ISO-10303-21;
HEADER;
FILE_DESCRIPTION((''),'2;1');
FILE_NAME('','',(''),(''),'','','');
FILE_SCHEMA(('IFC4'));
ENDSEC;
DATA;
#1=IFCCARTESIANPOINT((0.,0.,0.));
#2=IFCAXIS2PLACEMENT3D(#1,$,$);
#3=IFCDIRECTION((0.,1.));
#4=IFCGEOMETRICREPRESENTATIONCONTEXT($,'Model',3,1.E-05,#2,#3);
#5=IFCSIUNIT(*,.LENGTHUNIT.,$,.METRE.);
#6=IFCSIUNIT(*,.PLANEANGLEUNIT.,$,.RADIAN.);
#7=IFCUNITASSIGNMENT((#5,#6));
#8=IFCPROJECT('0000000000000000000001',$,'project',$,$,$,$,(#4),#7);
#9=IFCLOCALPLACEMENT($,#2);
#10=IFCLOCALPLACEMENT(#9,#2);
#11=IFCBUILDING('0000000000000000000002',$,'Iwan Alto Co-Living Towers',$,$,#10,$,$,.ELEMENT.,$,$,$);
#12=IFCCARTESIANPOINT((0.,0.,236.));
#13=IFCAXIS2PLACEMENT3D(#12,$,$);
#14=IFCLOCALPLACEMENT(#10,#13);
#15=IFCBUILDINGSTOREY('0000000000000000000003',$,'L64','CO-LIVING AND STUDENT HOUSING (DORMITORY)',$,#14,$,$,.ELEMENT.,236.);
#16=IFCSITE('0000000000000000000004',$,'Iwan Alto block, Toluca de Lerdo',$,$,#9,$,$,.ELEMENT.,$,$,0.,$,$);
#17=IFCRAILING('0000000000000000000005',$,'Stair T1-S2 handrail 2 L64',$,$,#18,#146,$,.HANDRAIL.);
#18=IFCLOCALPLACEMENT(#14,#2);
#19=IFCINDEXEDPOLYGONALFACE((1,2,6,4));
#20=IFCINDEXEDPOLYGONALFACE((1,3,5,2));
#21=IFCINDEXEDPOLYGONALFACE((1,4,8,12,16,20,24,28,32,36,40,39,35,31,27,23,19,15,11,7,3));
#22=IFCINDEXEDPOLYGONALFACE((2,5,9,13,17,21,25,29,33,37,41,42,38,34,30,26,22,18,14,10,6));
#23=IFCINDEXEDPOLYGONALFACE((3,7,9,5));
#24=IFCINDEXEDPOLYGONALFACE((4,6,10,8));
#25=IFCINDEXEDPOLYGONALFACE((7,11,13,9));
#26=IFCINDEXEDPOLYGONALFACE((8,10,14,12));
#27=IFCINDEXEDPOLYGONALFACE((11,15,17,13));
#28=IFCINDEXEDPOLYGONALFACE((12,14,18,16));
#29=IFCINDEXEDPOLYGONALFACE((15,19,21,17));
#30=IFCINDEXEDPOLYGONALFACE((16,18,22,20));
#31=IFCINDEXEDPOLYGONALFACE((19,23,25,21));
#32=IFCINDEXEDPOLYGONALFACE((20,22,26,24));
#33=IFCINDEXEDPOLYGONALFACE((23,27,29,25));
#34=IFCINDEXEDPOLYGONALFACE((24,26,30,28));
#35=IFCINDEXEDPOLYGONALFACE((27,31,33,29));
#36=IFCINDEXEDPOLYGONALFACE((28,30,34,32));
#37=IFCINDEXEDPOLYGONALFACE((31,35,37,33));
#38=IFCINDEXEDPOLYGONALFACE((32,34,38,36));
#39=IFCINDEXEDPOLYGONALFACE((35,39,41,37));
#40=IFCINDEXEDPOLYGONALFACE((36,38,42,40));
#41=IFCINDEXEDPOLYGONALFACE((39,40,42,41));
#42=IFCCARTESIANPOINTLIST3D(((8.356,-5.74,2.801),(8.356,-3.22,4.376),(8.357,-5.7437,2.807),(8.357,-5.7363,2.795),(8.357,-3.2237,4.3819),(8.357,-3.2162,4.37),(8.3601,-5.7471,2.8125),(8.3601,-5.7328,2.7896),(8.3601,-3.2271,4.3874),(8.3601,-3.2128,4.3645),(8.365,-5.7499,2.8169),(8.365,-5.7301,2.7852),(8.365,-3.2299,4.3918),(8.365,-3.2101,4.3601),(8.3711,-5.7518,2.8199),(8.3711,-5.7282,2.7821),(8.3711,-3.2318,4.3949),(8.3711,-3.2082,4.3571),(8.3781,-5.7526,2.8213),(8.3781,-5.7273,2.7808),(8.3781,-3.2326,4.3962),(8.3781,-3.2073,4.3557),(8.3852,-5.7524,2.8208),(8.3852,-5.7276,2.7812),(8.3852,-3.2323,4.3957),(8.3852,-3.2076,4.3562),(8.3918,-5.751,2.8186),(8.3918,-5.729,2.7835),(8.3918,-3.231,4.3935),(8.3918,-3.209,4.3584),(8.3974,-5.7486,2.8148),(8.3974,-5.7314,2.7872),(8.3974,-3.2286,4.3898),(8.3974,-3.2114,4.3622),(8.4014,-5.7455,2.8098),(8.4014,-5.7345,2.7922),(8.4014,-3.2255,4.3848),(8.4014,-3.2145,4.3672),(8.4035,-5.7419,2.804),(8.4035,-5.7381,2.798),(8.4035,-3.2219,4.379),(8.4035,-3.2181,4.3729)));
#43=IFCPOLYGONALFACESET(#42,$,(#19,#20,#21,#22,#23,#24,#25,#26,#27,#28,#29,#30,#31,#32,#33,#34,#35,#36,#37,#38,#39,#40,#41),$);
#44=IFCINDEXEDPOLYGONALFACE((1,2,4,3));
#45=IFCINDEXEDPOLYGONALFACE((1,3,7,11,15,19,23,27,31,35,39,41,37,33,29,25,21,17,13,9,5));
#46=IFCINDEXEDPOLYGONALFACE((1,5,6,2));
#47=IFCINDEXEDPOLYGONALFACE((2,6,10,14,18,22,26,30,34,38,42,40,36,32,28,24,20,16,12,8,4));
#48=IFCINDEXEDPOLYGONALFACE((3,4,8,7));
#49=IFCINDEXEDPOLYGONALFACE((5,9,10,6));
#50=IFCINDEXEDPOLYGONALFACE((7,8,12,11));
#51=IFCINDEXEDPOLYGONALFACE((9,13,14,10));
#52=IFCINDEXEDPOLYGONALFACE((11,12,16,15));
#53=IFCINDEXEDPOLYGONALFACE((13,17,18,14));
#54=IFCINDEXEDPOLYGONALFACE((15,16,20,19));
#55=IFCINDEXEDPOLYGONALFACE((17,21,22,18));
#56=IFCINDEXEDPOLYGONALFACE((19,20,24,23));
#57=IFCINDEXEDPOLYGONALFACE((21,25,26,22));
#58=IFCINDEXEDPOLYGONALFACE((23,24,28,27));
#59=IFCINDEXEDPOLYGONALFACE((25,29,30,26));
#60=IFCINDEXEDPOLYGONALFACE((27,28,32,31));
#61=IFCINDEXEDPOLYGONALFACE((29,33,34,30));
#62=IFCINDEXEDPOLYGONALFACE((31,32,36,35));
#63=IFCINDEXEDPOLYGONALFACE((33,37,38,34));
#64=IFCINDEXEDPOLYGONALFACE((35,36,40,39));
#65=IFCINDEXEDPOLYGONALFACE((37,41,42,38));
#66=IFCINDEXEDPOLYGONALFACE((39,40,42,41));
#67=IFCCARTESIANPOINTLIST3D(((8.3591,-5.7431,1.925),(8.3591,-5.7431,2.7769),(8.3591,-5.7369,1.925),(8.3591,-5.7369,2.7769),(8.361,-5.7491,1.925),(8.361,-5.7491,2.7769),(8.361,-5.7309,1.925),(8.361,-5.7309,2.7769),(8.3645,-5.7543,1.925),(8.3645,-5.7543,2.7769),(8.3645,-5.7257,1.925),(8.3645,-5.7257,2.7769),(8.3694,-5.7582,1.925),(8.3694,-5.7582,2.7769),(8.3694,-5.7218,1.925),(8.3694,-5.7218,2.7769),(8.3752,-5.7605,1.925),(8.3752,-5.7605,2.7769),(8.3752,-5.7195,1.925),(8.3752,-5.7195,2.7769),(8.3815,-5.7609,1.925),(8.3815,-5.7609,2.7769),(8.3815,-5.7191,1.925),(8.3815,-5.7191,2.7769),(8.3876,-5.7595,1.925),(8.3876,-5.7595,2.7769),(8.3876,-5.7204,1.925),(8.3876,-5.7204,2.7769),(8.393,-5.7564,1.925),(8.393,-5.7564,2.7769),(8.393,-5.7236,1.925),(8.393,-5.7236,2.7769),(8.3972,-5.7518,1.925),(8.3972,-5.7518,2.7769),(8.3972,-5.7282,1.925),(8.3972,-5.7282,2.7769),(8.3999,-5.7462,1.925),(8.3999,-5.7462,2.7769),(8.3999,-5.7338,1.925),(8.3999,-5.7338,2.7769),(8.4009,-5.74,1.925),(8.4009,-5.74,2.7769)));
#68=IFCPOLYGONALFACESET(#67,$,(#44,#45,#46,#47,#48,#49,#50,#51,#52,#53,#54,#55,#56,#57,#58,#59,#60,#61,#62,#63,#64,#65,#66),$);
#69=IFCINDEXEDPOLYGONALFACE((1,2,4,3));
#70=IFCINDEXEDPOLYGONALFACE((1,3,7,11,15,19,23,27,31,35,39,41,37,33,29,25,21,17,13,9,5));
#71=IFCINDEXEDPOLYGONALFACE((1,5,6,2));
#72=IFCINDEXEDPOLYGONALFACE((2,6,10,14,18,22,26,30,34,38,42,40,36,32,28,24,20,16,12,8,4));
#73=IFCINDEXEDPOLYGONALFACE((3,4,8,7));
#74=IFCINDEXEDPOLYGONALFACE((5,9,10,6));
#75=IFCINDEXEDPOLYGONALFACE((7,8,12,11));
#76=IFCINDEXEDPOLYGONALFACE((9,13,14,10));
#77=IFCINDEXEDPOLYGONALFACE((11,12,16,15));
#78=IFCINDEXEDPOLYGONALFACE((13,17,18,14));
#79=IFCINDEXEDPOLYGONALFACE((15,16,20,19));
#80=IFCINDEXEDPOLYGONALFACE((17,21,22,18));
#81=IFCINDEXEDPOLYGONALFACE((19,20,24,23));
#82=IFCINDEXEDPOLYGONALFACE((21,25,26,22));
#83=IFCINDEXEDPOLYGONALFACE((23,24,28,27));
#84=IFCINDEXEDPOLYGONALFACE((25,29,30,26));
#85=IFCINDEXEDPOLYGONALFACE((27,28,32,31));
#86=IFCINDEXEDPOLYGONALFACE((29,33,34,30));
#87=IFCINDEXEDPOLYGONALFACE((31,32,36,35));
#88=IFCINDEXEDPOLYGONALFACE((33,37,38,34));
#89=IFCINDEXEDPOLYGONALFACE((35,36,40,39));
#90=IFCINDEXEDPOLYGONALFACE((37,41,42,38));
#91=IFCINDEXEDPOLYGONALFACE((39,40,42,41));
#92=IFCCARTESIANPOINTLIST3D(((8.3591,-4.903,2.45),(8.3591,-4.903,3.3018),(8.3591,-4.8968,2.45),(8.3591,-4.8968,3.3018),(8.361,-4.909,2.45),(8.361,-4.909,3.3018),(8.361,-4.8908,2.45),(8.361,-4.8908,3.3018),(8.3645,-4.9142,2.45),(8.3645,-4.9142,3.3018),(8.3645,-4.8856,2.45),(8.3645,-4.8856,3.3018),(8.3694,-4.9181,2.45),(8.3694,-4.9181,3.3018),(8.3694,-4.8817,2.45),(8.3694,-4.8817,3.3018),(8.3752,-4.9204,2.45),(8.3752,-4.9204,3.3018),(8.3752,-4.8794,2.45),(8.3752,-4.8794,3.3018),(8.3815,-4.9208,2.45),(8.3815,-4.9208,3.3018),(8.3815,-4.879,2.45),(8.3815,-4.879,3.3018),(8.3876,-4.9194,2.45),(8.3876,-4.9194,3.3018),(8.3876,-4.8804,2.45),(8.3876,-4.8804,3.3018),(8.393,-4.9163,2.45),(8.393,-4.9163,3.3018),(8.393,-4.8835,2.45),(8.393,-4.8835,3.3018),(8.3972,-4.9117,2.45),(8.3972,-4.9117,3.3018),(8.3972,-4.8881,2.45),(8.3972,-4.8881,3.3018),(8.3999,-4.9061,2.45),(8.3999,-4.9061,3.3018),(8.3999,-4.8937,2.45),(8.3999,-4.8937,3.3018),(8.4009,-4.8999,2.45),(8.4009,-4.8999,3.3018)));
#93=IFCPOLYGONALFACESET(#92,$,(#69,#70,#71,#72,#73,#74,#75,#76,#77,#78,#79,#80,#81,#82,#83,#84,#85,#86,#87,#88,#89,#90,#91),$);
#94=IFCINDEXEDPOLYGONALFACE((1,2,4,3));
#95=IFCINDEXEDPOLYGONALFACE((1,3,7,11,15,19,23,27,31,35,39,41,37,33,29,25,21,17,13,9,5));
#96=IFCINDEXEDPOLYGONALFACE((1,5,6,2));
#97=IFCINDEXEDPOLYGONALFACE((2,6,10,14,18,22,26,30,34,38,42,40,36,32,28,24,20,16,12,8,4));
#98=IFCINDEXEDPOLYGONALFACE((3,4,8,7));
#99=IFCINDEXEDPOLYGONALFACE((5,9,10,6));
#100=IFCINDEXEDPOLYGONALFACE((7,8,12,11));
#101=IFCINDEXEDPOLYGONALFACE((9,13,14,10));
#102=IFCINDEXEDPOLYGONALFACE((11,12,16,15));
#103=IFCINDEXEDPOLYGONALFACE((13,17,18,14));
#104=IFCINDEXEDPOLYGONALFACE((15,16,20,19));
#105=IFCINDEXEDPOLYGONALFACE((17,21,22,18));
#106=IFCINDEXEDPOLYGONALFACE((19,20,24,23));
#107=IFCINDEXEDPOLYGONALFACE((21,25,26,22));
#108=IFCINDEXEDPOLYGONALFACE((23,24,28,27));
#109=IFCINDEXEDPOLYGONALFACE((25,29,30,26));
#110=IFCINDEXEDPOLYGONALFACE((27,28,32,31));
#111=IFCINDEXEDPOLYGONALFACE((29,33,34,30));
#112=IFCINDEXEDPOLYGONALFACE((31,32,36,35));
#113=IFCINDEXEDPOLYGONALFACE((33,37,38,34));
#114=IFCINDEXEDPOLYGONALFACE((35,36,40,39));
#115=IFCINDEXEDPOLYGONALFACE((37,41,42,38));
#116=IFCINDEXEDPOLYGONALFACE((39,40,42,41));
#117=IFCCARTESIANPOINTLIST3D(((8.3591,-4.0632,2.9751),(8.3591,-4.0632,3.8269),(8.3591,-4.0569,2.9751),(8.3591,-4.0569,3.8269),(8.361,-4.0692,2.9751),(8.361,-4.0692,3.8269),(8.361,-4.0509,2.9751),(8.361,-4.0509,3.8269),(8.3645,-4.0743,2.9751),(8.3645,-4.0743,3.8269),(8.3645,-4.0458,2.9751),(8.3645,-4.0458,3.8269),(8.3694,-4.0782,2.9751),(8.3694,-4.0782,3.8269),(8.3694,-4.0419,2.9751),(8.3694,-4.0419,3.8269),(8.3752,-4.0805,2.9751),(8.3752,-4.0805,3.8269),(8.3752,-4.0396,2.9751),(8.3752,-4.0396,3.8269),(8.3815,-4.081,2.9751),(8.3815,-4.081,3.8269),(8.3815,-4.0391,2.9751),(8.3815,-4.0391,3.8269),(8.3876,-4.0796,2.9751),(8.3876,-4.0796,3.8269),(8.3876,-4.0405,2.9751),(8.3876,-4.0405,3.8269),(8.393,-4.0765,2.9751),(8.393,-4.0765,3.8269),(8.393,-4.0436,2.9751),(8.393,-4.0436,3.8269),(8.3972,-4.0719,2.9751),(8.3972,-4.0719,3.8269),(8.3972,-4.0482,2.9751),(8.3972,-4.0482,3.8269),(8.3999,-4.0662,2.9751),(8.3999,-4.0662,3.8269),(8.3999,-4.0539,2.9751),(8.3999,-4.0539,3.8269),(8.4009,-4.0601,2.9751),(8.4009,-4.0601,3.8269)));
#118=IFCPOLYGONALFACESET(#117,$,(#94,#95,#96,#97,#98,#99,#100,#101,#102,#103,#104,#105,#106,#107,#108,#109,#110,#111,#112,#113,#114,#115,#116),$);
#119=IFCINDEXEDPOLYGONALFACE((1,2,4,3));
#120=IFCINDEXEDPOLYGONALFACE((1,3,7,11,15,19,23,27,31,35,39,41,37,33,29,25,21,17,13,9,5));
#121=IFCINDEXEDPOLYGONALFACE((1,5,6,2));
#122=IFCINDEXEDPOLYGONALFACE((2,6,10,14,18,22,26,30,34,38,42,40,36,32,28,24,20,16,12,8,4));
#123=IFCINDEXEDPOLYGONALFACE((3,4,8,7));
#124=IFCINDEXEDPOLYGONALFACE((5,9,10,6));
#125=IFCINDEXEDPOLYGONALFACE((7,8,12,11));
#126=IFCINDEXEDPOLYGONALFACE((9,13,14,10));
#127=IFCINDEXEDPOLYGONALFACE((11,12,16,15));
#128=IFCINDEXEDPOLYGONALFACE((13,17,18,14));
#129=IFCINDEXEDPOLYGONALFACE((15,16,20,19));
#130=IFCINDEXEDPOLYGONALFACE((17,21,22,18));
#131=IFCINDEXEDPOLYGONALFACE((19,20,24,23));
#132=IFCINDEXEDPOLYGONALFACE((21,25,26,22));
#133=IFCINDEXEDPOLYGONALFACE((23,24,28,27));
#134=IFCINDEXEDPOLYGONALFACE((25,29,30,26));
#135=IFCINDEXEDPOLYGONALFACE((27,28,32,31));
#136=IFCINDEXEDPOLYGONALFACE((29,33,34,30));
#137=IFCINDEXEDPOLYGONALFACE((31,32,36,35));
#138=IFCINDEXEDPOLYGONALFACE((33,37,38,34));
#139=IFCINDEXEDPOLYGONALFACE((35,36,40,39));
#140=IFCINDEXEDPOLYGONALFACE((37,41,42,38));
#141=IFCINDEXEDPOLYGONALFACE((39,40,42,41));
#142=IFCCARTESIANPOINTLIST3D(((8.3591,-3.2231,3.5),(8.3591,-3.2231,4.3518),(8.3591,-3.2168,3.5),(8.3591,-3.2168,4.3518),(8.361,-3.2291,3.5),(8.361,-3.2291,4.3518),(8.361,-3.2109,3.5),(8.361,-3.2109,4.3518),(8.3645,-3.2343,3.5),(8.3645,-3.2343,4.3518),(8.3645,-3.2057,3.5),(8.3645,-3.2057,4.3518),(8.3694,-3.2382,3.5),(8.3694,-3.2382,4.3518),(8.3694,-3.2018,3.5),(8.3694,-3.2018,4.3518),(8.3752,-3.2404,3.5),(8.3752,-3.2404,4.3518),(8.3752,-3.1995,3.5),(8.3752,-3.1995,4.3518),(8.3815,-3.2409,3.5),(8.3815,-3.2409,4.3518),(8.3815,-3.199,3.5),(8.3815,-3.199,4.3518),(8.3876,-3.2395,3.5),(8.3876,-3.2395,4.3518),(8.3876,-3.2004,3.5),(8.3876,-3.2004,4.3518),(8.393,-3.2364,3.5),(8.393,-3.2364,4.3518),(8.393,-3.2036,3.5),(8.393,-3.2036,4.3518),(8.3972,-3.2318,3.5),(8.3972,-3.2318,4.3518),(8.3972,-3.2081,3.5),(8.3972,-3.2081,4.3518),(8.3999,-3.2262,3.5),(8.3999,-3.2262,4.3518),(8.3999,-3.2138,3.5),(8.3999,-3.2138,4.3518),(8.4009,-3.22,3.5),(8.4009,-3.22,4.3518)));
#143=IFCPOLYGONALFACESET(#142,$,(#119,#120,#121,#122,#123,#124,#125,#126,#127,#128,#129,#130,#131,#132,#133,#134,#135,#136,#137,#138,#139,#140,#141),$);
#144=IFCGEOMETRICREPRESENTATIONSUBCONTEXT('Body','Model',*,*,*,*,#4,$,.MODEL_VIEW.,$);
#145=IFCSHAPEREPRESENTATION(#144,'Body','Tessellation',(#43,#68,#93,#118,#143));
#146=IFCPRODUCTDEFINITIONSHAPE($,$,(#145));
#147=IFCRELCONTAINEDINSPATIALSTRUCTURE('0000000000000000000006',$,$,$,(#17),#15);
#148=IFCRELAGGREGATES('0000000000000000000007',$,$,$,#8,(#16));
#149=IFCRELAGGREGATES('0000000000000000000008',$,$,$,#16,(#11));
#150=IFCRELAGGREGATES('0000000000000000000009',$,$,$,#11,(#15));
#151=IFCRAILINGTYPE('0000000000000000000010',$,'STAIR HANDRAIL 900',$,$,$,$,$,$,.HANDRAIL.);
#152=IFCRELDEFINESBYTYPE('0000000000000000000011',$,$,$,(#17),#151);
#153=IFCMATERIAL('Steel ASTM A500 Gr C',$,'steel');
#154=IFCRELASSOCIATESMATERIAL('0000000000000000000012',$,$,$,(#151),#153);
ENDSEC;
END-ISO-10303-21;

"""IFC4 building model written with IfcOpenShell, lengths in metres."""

from ifc_helpers import new_model, si_unit, direction, frame, origin, origin_2d, place, context, subcontext, project, spatial, circle, extrude, material, type_object, element, save


model = new_model("IFC4")

# Units and contexts
model_context = context("Model", 3, precision=1e-05, world=origin(), true_north=direction((0.0, 1.0)))
body_context = subcontext(model_context, "Body", "Model", "MODEL_VIEW")
ifc_project = project(units=[si_unit("LENGTHUNIT", "METRE"), si_unit("PLANEANGLEUNIT", "RADIAN")], contexts=[model_context])

# Site, building, storey
site_placement = place(None, origin())
site = spatial("IfcSite", under=ifc_project, at=site_placement, Name="Iwan Alto block, Toluca de Lerdo", CompositionType="ELEMENT", RefElevation=0.0)
building_placement = place(site_placement, origin())
building = spatial("IfcBuilding", under=site, at=building_placement, Name="Iwan Alto Co-Living Towers", CompositionType="ELEMENT")
storey_placement = place(building_placement, frame((0.0, 0.0, 236.0)))
storey = spatial("IfcBuildingStorey", under=building, at=storey_placement, Name="L64", Description="CO-LIVING AND STUDENT HOUSING (DORMITORY)", CompositionType="ELEMENT", Elevation=236.0)

# Railing
ifc_material_1 = material(Name="Steel ASTM A500 Gr C", Category="steel")
railing_type_1 = type_object("IfcRailingType", Name="STAIR HANDRAIL 900", PredefinedType="HANDRAIL", material=ifc_material_1)
railing_1_placement = place(storey_placement, frame((8.3799, -5.74, 1.925)))
element("IfcRailing", 1, at=railing_1_placement, inside=storey, type_object=railing_type_1, Name="Stair T1-S2 handrail 2 L64", PredefinedType="HANDRAIL", context=body_context, shape_type="SweptSolid", body=[
    extrude(circle(Radius=0.0239, at=origin_2d()), frame((0.0, 0.0, 0.876), z_axis=(0.0, 0.848008, 0.529984), x_axis=(-1.0, 0.0, 0.0)), (0.0, 0.0, 1.0), 2.9717),
    extrude(circle(Radius=0.021, at=origin_2d()), origin(), (0.0, 0.0, 1.0), 0.8518),
    extrude(circle(Radius=0.021, at=origin_2d()), frame((0.0, 0.8401, 0.5249)), (0.0, 0.0, 1.0), 0.8518),
    extrude(circle(Radius=0.021, at=origin_2d()), frame((0.0, 1.6799, 1.05)), (0.0, 0.0, 1.0), 0.8518),
    extrude(circle(Radius=0.021, at=origin_2d()), frame((0.0, 2.52, 1.575)), (0.0, 0.0, 1.0), 0.8518),
])

save(model, "model.ifc")
